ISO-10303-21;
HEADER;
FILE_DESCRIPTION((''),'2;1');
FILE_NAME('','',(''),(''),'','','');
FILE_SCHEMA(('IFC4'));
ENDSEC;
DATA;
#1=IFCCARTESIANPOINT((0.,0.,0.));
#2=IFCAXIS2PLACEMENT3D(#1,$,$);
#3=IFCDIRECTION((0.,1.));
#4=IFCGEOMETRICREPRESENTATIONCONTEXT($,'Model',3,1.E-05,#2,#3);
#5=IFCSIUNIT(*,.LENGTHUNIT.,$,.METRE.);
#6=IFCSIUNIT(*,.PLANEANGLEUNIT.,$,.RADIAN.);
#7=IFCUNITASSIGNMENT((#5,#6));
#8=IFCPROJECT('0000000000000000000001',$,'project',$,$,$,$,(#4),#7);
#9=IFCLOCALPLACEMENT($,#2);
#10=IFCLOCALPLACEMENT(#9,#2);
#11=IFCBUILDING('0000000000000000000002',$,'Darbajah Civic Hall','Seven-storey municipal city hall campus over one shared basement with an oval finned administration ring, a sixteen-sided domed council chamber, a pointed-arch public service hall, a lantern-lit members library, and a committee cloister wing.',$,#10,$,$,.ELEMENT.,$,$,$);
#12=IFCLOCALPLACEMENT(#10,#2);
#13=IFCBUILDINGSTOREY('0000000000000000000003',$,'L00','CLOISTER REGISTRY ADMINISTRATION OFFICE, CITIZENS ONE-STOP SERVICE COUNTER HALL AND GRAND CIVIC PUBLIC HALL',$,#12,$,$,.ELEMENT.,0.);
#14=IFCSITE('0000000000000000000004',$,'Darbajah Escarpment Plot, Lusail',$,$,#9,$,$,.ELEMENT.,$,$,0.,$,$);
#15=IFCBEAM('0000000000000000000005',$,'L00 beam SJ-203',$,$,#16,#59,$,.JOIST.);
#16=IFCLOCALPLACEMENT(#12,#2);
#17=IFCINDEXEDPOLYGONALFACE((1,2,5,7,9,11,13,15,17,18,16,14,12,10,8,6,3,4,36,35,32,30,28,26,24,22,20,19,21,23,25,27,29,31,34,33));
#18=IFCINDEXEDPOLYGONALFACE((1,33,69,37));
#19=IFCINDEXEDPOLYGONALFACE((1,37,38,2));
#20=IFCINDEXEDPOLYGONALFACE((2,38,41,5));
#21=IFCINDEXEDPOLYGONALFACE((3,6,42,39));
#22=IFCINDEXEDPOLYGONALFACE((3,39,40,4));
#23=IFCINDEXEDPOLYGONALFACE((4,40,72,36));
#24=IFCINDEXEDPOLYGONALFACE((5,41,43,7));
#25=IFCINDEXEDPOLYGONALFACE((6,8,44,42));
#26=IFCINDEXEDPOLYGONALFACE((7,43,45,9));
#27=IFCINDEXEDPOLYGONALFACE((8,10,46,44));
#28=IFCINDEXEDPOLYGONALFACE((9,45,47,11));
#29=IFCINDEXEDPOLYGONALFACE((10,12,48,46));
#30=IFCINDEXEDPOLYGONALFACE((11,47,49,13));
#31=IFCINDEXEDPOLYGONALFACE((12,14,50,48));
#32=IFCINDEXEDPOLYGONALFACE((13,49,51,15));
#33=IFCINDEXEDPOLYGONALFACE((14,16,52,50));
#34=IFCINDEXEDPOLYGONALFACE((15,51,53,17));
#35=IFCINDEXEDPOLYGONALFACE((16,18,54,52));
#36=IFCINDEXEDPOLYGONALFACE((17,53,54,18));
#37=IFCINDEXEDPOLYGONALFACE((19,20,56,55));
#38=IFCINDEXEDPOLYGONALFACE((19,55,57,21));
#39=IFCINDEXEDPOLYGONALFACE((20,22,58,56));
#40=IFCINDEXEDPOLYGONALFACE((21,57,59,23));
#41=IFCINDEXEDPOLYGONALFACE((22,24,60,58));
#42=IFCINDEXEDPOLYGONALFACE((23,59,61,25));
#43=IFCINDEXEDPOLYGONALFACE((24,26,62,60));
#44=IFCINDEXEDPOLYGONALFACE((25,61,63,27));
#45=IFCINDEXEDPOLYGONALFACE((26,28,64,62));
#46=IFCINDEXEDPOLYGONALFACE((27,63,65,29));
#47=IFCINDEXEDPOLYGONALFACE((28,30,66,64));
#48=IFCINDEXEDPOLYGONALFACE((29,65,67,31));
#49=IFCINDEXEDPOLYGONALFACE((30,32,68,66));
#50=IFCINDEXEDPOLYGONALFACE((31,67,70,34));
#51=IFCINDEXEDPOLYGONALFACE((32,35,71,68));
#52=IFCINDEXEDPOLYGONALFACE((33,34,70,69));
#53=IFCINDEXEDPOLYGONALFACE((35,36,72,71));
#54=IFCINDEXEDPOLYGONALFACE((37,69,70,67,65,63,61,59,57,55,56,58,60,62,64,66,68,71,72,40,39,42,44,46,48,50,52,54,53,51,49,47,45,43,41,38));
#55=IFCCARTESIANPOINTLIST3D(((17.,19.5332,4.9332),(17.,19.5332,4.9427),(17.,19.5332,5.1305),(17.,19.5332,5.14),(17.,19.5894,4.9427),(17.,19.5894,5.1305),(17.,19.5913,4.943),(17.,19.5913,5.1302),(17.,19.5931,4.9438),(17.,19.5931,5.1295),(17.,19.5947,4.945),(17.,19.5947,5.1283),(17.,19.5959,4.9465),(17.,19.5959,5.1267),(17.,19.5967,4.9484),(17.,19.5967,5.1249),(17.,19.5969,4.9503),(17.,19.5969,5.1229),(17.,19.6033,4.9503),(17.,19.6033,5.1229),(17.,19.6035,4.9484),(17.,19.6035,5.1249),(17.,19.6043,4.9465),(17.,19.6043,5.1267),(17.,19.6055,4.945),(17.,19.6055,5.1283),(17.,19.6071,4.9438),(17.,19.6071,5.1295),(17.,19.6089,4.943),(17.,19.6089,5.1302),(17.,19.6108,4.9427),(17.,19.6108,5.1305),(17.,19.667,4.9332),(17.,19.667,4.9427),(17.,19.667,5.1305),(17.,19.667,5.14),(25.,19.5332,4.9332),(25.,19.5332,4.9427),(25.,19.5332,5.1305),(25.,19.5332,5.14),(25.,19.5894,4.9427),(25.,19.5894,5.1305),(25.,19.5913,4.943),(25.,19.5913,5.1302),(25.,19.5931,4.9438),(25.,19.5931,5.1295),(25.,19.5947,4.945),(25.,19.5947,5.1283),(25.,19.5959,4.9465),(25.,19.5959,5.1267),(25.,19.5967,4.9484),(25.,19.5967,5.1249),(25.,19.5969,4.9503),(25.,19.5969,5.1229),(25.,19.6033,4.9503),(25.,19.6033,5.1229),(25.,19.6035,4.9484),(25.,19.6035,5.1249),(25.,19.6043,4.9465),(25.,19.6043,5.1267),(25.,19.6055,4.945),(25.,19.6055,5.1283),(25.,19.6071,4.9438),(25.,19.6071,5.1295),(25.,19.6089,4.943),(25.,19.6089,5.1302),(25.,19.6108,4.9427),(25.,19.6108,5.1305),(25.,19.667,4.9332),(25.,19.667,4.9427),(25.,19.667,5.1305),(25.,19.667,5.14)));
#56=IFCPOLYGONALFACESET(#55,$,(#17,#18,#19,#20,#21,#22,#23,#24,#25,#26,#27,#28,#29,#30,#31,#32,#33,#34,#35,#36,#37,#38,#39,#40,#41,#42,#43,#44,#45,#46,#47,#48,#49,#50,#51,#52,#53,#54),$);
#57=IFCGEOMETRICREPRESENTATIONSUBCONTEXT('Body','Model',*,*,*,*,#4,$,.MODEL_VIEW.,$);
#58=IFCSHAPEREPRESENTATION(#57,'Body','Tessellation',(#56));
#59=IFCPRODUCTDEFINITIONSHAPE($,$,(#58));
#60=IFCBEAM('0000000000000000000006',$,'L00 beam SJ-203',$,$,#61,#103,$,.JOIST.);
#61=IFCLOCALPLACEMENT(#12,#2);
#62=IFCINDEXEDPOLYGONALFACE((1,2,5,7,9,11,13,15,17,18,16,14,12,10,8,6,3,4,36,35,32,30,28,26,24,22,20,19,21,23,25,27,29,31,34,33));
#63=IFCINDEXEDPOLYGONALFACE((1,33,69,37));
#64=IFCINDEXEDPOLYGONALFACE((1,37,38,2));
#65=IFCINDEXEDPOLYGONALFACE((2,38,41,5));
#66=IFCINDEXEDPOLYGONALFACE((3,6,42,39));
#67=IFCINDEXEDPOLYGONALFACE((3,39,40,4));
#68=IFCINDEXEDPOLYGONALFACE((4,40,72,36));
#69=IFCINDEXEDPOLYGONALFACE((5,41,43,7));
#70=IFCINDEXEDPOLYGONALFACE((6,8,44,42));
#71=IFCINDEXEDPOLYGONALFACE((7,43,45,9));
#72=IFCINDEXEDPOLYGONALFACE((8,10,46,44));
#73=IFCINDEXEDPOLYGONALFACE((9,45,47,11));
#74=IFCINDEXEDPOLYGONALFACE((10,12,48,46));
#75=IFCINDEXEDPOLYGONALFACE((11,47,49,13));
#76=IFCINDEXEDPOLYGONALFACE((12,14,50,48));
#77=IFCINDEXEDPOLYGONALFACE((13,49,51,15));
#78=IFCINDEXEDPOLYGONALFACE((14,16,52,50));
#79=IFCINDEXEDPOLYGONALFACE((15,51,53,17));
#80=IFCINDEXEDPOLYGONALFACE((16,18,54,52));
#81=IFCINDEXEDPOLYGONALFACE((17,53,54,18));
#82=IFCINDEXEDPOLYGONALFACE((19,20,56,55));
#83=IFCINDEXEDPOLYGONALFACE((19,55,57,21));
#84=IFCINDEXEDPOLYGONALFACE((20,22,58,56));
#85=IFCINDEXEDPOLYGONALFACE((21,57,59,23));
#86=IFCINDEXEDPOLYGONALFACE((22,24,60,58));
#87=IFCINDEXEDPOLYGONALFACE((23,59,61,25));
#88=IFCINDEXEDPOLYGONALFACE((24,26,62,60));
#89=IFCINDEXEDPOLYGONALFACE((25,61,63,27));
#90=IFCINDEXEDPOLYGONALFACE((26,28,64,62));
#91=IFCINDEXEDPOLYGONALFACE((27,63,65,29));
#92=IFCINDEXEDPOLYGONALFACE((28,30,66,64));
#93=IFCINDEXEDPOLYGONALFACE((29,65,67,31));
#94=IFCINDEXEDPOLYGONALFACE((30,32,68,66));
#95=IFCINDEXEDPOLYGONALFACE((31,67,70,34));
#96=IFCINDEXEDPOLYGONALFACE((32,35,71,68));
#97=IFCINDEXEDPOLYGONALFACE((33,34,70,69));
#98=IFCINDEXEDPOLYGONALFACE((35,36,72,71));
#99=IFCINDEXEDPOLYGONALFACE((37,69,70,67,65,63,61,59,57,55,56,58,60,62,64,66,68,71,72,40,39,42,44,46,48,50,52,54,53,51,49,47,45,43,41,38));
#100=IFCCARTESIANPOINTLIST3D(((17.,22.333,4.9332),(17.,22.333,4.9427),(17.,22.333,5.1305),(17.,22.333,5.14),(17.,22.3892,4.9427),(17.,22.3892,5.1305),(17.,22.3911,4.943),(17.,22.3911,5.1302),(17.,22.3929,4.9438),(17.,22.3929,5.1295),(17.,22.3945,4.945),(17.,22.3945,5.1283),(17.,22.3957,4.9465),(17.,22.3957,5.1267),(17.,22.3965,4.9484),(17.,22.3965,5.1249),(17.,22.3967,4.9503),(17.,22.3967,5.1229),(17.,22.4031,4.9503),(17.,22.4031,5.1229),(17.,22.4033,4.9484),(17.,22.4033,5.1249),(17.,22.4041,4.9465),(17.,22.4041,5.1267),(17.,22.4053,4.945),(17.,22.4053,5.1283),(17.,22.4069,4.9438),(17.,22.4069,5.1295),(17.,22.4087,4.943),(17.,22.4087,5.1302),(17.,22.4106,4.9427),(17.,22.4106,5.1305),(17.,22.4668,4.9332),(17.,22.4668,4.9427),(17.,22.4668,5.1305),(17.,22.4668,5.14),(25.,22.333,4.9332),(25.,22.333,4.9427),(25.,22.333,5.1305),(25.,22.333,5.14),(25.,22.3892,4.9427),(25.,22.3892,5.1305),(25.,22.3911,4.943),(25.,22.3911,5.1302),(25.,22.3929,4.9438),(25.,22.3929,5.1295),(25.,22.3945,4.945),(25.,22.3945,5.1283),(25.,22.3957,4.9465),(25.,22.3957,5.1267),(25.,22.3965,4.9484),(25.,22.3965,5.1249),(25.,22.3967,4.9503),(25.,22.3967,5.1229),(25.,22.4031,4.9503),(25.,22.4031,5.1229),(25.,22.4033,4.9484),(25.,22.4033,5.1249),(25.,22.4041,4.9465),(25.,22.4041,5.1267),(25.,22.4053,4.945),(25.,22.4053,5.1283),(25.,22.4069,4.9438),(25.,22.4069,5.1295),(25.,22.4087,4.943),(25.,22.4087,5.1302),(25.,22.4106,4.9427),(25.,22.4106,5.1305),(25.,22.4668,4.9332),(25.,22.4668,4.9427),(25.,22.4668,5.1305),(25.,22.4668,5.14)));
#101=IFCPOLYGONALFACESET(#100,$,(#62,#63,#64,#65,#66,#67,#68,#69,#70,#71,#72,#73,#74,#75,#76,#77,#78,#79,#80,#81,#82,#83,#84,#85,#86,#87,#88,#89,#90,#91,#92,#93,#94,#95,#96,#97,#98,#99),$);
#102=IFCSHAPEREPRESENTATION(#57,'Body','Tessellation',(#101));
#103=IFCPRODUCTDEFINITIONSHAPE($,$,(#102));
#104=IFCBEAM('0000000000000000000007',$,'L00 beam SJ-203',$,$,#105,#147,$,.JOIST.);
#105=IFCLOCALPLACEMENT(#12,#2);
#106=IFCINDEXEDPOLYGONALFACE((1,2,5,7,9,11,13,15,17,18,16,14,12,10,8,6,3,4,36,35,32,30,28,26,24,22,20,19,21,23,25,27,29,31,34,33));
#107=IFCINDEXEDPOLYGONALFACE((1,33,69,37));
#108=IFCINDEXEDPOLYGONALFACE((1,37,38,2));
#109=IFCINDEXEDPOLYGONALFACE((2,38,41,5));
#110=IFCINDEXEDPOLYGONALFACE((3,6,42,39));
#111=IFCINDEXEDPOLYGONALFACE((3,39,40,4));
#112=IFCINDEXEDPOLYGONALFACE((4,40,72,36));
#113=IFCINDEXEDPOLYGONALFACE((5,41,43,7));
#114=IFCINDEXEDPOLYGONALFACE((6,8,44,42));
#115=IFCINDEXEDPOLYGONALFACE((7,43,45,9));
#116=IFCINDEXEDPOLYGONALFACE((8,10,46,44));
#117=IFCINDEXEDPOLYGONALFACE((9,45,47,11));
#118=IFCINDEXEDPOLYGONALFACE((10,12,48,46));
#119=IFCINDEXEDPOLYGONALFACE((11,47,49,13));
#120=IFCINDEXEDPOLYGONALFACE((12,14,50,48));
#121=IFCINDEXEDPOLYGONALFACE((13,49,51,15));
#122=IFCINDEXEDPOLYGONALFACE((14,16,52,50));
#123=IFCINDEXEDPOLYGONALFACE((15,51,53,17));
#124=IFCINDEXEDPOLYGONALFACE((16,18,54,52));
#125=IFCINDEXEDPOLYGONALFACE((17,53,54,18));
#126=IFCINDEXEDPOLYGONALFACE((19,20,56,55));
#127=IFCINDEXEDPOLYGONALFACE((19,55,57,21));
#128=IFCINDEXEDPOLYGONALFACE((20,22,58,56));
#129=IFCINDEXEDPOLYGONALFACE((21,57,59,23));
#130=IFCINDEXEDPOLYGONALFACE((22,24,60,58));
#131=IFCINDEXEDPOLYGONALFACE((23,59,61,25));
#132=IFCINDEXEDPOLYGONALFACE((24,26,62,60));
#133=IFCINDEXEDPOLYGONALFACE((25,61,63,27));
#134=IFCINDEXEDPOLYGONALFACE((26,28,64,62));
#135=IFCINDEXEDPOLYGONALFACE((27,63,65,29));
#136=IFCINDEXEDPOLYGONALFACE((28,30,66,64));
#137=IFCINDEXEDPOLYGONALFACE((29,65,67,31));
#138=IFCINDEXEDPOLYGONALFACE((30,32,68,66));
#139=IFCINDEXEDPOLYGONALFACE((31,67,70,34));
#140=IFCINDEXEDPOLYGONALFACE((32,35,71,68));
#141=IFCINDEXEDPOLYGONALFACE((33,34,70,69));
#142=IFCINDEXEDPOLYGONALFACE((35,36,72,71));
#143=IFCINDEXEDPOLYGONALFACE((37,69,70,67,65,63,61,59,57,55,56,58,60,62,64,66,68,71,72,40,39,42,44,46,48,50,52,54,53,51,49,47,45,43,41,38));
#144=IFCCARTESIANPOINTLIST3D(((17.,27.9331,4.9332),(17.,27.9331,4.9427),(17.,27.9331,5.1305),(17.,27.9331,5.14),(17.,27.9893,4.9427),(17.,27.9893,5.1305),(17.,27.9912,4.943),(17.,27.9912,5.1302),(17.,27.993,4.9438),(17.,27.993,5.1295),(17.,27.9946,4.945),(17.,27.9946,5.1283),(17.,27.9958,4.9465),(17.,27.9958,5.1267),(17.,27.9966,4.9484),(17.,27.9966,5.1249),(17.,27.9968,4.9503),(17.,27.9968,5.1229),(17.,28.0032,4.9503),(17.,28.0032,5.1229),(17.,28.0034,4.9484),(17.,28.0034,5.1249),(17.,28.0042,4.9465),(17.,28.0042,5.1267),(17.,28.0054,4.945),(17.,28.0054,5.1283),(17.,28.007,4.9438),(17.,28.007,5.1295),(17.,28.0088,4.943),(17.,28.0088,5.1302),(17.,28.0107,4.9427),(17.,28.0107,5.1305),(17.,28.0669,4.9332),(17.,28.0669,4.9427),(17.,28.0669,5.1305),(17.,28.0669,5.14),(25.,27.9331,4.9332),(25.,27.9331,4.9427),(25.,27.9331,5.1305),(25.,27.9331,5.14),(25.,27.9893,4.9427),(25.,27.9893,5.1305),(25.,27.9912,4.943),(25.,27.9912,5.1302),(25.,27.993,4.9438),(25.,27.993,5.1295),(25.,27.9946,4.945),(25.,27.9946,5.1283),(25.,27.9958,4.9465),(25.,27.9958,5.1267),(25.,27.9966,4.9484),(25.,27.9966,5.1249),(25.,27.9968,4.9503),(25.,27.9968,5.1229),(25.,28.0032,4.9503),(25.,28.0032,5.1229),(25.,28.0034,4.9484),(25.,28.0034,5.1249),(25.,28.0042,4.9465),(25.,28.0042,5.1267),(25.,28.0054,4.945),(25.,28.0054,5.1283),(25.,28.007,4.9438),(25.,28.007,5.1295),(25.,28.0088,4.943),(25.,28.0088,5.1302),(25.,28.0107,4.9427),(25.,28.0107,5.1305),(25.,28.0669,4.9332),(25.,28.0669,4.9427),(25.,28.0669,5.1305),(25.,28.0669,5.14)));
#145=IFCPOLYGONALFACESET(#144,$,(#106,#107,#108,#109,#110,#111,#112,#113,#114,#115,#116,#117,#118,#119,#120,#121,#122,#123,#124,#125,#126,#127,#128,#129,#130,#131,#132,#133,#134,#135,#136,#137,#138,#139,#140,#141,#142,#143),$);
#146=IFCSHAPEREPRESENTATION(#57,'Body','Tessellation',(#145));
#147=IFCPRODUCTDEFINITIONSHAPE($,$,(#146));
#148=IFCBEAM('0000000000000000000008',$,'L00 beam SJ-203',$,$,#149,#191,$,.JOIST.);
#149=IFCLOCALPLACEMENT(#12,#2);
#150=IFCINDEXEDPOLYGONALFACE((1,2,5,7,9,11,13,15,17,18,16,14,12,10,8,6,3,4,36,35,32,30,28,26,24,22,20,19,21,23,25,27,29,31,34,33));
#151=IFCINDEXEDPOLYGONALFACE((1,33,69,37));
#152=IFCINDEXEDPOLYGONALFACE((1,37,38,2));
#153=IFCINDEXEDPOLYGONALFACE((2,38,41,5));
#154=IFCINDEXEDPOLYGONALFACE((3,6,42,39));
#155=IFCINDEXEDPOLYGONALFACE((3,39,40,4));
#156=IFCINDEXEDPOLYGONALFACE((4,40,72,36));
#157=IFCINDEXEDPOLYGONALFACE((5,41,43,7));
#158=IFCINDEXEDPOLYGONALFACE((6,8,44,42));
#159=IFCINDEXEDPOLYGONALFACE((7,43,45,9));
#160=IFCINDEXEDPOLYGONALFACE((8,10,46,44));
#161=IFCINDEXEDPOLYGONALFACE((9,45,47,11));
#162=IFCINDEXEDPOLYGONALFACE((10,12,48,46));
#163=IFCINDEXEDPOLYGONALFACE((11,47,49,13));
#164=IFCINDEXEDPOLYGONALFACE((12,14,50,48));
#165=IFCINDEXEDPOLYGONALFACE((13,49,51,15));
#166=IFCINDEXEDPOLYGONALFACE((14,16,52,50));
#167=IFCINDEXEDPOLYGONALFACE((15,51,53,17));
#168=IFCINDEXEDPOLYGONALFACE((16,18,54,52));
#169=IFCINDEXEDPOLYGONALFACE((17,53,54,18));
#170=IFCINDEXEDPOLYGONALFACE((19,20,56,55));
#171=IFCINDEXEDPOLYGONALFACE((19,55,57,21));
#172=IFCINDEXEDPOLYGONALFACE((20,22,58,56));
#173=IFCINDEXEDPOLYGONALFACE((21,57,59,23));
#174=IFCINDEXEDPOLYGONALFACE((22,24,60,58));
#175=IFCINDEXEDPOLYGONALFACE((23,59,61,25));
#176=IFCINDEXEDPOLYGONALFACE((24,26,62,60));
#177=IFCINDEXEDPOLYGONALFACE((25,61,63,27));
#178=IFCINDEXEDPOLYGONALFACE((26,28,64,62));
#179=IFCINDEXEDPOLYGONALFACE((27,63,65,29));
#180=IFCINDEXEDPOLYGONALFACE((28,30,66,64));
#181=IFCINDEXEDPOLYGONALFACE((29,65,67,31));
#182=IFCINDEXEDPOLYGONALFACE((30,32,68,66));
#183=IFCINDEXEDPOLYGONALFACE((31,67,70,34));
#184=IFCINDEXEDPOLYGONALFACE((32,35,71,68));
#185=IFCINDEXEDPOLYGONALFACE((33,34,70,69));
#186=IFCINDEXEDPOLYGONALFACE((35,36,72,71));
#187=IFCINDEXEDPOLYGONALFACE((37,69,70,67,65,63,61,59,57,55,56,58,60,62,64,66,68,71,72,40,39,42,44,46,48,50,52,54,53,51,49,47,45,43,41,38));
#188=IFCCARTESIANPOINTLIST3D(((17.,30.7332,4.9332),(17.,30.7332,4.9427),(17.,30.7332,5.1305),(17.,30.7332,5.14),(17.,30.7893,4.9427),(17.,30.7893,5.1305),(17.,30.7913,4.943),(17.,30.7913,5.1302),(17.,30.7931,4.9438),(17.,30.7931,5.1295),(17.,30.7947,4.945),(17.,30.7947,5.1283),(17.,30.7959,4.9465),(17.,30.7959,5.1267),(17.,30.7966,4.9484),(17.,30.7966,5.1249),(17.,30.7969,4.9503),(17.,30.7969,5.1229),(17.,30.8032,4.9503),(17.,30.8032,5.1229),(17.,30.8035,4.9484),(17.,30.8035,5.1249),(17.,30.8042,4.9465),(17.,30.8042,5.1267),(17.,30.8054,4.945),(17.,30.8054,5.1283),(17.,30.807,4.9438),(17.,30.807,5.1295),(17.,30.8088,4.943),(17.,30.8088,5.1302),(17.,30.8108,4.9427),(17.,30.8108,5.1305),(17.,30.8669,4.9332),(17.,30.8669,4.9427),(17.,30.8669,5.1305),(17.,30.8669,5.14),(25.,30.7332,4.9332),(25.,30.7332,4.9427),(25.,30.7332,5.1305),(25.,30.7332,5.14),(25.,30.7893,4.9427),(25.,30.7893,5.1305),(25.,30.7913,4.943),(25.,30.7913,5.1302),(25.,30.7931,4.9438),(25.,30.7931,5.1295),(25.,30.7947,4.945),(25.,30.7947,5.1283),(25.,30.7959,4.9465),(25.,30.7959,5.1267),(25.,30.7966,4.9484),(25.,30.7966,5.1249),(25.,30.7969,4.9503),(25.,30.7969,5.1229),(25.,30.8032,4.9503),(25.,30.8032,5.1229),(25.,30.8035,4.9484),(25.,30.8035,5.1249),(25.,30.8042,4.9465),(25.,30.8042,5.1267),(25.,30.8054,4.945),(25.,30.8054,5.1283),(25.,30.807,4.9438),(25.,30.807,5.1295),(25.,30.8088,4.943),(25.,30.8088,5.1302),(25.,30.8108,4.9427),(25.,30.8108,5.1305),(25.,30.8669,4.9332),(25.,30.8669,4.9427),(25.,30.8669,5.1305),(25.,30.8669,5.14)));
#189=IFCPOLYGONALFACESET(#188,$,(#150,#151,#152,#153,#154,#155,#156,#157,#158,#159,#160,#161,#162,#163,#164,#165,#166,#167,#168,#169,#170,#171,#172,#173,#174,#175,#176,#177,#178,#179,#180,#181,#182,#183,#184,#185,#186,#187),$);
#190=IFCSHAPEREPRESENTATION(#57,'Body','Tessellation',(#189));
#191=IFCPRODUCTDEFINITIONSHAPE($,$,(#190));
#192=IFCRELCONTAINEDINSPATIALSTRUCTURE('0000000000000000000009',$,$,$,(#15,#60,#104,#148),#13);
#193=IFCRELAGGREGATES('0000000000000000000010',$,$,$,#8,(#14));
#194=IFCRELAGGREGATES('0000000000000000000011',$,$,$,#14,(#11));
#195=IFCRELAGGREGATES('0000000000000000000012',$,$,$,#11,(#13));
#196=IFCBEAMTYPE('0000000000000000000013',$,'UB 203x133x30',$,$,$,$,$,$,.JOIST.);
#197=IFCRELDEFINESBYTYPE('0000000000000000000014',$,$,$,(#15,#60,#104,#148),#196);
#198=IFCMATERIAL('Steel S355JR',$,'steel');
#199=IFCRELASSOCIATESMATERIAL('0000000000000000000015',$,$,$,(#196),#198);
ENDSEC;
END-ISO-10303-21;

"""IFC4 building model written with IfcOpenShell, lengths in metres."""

from ifc_helpers import new_model, si_unit, direction, frame, origin, origin_2d, place, context, subcontext, project, spatial, i_section, extrude, material, material_profile, profile_set, type_object, element, save


model = new_model("IFC4")

# Units and contexts
model_context = context("Model", 3, precision=1e-05, world=origin(), true_north=direction((0.0, 1.0)))
body_context = subcontext(model_context, "Body", "Model", "MODEL_VIEW")
ifc_project = project(units=[si_unit("LENGTHUNIT", "METRE"), si_unit("PLANEANGLEUNIT", "RADIAN")], contexts=[model_context])

# Site, building, storey
site_placement = place(None, origin())
site = spatial("IfcSite", under=ifc_project, at=site_placement, Name="Darbajah Escarpment Plot, Lusail", CompositionType="ELEMENT", RefElevation=0.0)
building_placement = place(site_placement, origin())
building = spatial("IfcBuilding", under=site, at=building_placement, Name="Darbajah Civic Hall", Description="Seven-storey municipal city hall campus over one shared basement with an oval finned administration ring, a sixteen-sided domed council chamber, a pointed-arch public service hall, a lantern-lit members library, and a committee cloister wing.", CompositionType="ELEMENT")
storey_placement = place(building_placement, origin())
storey = spatial("IfcBuildingStorey", under=building, at=storey_placement, Name="L00", Description="CLOISTER REGISTRY ADMINISTRATION OFFICE, CITIZENS ONE-STOP SERVICE COUNTER HALL AND GRAND CIVIC PUBLIC HALL", CompositionType="ELEMENT", Elevation=0.0)

# Beams
ifc_material_1 = material(Name="Steel S355JR", Category="steel")
ifc_material_profile_1 = material_profile(ifc_material_1, i_section(OverallWidth=0.1338, OverallDepth=0.2068, WebThickness=0.0063, FlangeThickness=0.0095, FilletRadius=0.0076, at=origin_2d()), Name="UB 203x133x30")
ifc_profile_set_1 = profile_set([ifc_material_profile_1], Name="Steel S355JR")
beam_type_1 = type_object("IfcBeamType", Name="UB 203x133x30", PredefinedType="JOIST", material=ifc_profile_set_1)
for number, where, z_axis, x_axis, name in (
    (1, (17.0, 19.6001, 5.0366), (1.0, 0.0, 0.0), (0.0, 1.0, 0.0), "L00 beam SJ-203"),
    (2, (17.0, 22.3999, 5.0366), (1.0, 0.0, 0.0), (0.0, 1.0, 0.0), "L00 beam SJ-203"),
    (3, (17.0, 28.0, 5.0366), (1.0, 0.0, 0.0), (0.0, 1.0, 0.0), "L00 beam SJ-203"),
    (4, (17.0, 30.8, 5.0366), (1.0, 0.0, 0.0), (0.0, 1.0, 0.0), "L00 beam SJ-203"),
):
    element("IfcBeam", number, at=place(storey_placement, frame(where, z_axis=z_axis, x_axis=x_axis)), inside=storey, type_object=beam_type_1, Name=name, PredefinedType="JOIST", context=body_context, shape_type="SweptSolid", body=[
        extrude(i_section(OverallWidth=0.1338, OverallDepth=0.2068, WebThickness=0.0063, FlangeThickness=0.0095, FilletRadius=0.0076, at=origin_2d()), origin(), (0.0, 0.0, 1.0), 8.0),
    ])

save(model, "model.ifc")
